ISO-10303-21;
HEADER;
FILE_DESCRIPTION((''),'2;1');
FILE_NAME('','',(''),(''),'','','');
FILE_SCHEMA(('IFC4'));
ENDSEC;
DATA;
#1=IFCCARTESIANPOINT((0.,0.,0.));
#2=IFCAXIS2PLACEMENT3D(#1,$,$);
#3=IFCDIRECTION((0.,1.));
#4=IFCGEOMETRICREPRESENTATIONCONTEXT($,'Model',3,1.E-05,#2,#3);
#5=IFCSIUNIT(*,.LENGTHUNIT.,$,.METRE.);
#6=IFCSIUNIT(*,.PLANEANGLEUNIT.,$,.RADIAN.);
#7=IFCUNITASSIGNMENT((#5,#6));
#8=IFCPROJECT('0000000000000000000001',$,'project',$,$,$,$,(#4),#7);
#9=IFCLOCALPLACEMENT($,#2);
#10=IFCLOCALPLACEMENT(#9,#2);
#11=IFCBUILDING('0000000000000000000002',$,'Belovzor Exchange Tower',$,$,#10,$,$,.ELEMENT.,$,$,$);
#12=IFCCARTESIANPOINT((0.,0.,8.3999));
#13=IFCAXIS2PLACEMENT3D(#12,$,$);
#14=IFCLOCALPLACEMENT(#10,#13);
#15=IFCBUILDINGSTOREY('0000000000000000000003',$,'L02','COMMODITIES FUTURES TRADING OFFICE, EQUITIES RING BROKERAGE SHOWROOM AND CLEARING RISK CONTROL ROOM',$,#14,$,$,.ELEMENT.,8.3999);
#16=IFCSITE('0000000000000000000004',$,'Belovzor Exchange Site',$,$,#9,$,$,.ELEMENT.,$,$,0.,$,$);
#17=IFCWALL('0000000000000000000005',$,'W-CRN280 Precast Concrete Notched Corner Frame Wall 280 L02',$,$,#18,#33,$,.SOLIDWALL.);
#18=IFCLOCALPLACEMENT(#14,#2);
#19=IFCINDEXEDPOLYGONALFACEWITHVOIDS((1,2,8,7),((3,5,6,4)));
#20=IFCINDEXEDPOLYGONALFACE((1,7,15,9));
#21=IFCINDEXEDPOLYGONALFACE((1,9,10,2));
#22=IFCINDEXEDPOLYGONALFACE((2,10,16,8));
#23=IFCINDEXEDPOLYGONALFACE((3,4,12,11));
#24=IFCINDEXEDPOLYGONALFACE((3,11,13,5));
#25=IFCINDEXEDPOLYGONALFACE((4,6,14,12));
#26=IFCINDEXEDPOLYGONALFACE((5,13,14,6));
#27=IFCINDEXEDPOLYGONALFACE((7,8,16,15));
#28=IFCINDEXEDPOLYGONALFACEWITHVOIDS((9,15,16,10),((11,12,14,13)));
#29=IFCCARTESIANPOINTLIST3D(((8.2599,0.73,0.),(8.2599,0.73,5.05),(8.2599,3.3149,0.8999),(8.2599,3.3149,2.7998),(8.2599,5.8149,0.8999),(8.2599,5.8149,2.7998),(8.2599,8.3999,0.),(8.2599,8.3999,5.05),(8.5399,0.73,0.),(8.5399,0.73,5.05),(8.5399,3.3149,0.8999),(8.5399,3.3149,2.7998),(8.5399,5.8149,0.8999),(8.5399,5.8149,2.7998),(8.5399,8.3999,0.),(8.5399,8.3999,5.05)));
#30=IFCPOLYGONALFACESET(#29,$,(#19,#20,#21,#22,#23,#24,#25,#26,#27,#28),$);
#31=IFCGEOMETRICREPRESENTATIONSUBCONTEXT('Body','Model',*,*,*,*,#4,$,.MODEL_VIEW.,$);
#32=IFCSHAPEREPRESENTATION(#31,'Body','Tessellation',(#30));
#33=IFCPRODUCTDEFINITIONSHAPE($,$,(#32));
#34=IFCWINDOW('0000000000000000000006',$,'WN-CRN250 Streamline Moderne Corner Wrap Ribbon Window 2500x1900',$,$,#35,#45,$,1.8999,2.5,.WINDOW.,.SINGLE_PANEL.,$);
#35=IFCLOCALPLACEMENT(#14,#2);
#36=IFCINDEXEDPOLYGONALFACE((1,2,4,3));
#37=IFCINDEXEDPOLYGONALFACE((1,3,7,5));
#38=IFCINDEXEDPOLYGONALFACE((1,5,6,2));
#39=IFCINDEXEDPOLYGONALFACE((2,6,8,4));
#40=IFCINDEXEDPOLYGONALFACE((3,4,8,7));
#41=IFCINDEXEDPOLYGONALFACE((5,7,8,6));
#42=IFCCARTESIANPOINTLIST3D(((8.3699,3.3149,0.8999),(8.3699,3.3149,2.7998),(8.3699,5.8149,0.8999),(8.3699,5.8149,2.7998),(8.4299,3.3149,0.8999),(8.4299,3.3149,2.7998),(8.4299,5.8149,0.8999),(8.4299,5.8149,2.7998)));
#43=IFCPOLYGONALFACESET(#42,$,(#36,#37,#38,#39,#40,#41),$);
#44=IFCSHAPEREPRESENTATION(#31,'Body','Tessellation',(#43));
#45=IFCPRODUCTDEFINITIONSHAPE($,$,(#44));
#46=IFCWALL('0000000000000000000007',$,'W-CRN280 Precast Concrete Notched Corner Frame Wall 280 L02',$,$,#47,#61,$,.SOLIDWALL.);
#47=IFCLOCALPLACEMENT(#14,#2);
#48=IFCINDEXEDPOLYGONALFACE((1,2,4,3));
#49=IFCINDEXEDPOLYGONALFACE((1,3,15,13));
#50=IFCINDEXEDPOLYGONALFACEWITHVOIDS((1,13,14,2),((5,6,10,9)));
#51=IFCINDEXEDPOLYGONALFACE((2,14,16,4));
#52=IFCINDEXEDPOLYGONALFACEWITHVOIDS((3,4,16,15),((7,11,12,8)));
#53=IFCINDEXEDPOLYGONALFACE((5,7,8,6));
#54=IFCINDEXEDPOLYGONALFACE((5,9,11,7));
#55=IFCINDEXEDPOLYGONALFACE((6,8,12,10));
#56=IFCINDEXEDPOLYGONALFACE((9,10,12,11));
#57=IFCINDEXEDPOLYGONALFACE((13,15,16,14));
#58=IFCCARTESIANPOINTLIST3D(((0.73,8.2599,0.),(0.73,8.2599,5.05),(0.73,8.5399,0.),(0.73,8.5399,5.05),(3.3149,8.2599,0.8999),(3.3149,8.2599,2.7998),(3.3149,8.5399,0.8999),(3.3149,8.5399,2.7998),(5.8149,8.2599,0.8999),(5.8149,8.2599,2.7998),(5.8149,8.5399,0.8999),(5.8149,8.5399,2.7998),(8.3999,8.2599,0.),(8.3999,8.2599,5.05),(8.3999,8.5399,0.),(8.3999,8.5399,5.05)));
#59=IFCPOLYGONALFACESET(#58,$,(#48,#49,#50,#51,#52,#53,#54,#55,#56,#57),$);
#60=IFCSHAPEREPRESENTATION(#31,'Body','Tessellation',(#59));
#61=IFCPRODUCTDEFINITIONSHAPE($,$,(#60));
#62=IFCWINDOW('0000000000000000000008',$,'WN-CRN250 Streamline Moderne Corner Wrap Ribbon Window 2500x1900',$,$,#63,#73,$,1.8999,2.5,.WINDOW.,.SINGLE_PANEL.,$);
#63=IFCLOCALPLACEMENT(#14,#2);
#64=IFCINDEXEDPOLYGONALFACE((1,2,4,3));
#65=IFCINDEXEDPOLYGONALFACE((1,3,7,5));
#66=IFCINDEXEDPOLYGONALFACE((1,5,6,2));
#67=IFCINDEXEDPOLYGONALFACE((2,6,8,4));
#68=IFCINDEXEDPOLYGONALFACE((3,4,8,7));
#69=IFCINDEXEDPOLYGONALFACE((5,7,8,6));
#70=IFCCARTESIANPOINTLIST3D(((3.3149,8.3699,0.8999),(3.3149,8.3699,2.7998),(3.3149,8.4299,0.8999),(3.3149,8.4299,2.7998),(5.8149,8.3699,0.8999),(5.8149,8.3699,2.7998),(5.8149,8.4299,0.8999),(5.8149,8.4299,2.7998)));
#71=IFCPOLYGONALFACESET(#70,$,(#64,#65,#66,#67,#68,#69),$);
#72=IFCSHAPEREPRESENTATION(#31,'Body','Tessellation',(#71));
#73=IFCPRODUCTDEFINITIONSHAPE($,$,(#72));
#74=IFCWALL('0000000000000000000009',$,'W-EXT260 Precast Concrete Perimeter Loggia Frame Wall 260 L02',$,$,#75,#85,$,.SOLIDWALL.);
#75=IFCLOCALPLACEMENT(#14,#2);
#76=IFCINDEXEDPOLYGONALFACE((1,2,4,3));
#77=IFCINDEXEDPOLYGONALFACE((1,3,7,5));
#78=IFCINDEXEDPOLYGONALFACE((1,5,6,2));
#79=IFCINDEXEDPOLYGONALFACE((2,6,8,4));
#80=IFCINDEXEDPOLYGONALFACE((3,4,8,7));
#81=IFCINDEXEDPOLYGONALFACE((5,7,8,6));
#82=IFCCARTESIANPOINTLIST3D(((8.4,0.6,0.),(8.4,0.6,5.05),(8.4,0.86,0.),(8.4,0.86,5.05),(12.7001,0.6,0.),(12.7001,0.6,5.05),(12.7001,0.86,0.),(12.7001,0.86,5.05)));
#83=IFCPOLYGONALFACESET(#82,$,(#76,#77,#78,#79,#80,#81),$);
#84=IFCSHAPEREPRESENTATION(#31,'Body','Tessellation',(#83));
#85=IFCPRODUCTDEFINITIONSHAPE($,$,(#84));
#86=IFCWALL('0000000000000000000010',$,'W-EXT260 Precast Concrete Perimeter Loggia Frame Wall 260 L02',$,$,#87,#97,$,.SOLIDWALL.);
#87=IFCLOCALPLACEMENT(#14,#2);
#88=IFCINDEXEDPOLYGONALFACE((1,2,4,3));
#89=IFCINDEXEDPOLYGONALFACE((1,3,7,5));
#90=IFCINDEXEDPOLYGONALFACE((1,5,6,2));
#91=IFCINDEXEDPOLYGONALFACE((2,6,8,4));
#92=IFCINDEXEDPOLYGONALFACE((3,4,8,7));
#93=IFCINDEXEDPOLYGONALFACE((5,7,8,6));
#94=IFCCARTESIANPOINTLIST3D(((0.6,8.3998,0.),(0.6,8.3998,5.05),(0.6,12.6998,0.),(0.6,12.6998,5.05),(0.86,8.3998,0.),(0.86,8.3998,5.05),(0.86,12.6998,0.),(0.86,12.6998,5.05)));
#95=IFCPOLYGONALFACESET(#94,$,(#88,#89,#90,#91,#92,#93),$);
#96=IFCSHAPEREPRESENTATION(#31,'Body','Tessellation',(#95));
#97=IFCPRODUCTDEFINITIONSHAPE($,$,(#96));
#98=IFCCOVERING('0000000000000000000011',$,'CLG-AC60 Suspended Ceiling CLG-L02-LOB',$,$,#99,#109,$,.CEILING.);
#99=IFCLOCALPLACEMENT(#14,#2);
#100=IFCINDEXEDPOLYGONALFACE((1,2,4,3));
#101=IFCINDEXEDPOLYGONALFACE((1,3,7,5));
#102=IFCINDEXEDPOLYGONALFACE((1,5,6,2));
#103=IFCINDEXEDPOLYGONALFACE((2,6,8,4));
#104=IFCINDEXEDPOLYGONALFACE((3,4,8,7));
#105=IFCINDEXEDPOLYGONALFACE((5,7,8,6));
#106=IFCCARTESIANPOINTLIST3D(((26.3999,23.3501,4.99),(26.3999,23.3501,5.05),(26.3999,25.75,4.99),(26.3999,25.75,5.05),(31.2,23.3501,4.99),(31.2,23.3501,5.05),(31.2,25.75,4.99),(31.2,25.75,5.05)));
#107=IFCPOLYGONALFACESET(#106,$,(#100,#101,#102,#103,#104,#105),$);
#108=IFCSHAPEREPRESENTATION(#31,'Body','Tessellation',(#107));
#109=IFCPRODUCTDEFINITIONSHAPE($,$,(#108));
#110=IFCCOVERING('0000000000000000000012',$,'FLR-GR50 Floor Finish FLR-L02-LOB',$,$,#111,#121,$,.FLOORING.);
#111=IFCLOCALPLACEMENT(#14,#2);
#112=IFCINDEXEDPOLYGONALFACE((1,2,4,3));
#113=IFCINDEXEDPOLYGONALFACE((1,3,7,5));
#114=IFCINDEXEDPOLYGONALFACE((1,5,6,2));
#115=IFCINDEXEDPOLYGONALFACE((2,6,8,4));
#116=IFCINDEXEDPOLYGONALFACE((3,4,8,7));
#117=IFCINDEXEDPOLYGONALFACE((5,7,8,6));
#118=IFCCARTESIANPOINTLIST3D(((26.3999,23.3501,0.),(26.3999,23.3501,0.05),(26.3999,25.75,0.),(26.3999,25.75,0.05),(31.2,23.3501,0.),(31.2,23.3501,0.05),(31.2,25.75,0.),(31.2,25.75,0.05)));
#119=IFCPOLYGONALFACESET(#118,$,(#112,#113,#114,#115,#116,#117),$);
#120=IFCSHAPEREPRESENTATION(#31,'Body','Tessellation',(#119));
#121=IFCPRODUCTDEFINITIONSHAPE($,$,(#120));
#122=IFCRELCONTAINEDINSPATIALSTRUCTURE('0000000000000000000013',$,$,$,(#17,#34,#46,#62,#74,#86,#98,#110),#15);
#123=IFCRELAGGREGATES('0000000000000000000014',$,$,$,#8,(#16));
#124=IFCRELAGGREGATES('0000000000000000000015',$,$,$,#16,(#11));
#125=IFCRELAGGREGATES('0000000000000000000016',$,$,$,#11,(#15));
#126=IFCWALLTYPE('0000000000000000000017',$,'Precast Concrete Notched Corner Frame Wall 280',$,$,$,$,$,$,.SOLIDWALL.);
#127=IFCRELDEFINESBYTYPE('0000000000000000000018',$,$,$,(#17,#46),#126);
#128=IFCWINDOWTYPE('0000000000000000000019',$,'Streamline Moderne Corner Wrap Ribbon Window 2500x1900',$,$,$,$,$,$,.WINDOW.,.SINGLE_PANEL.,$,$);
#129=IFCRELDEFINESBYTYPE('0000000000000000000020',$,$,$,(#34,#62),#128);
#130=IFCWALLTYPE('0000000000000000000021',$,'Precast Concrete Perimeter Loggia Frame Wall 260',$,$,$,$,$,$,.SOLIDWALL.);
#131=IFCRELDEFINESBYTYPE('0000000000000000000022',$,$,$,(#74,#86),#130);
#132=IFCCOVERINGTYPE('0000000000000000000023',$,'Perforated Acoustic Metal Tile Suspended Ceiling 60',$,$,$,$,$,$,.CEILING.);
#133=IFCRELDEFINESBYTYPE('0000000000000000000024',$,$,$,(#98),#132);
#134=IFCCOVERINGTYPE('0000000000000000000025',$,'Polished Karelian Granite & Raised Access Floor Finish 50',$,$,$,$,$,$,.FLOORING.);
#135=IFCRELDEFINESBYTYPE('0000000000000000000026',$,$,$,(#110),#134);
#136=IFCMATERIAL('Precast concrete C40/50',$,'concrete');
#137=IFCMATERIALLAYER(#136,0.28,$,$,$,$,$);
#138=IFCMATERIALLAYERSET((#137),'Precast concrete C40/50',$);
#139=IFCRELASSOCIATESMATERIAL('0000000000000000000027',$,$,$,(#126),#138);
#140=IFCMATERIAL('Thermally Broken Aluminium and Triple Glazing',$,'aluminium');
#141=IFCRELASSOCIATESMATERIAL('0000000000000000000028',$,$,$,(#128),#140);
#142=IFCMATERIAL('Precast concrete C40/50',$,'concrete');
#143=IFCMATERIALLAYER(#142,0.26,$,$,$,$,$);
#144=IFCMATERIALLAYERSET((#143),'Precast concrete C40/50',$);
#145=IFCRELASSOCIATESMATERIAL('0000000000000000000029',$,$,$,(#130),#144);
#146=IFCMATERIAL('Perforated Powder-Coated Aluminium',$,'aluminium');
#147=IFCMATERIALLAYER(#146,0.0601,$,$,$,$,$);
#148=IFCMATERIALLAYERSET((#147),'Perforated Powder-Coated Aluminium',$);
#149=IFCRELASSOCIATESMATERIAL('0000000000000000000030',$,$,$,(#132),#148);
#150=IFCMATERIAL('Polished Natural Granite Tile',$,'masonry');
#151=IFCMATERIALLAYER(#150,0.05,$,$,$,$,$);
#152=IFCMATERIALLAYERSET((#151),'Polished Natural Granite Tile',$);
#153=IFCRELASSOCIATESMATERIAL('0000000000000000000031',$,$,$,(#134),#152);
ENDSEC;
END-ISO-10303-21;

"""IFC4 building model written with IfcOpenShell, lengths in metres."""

from ifc_helpers import new_model, si_unit, direction, frame, frame_2d, origin, place, context, subcontext, project, spatial, polyline, rectangle, outline, extrude, material, layer, layer_set, type_object, element, fill, save


model = new_model("IFC4")

# Units and contexts
model_context = context("Model", 3, precision=1e-05, world=origin(), true_north=direction((0.0, 1.0)))
body_context = subcontext(model_context, "Body", "Model", "MODEL_VIEW")
ifc_project = project(units=[si_unit("LENGTHUNIT", "METRE"), si_unit("PLANEANGLEUNIT", "RADIAN")], contexts=[model_context])

# Site, building, storey
site_placement = place(None, origin())
site = spatial("IfcSite", under=ifc_project, at=site_placement, Name="Belovzor Exchange Site", CompositionType="ELEMENT", RefElevation=0.0)
building_placement = place(site_placement, origin())
building = spatial("IfcBuilding", under=site, at=building_placement, Name="Belovzor Exchange Tower", CompositionType="ELEMENT")
storey_placement = place(building_placement, frame((0.0, 0.0, 8.3999)))
storey = spatial("IfcBuildingStorey", under=building, at=storey_placement, Name="L02", Description="COMMODITIES FUTURES TRADING OFFICE, EQUITIES RING BROKERAGE SHOWROOM AND CLEARING RISK CONTROL ROOM", CompositionType="ELEMENT", Elevation=8.3999)

# Walls, openings, windows
ifc_material_1 = material(Name="Precast concrete C40/50", Category="concrete")
ifc_layer_1 = layer(ifc_material_1, 0.28)
ifc_layer_set_1 = layer_set([ifc_layer_1], Name="Precast concrete C40/50")
wall_type_1 = type_object("IfcWallType", Name="Precast Concrete Notched Corner Frame Wall 280", PredefinedType="SOLIDWALL", material=ifc_layer_set_1)
wall_1_placement = place(storey_placement, frame((8.3999, 0.73, 0.0), z_axis=(0.0, 0.0, 1.0), x_axis=(0.0, 1.0, 0.0)))
wall_1 = element("IfcWall", 1, at=wall_1_placement, inside=storey, type_object=wall_type_1, Name="W-CRN280 Precast Concrete Notched Corner Frame Wall 280 L02", PredefinedType="SOLIDWALL", context=body_context, shape_type="SweptSolid", body=[
    extrude(rectangle(XDim=7.6699, YDim=0.28, at=frame_2d((3.835, 0.0))), origin(), (0.0, 0.0, 1.0), 5.05),
])
opening_1_placement = place(wall_1_placement, frame((2.585, 0.0, 0.8999)))
opening_1 = element("IfcOpeningElement", 2, at=opening_1_placement, cuts=wall_1, PredefinedType="OPENING", context=body_context, shape_type="SweptSolid", body=[
    extrude(rectangle(XDim=2.5, YDim=1.8999, at=frame_2d((1.25, 0.95))), frame((0.0, 0.1499, 0.0), z_axis=(0.0, -1.0, 0.0), x_axis=(1.0, 0.0, 0.0)), (0.0, 0.0, 1.0), 0.3),
])
ifc_material_2 = material(Name="Thermally Broken Aluminium and Triple Glazing", Category="aluminium")
window_type = type_object("IfcWindowType", Name="Streamline Moderne Corner Wrap Ribbon Window 2500x1900", PartitioningType="SINGLE_PANEL", PredefinedType="WINDOW", material=ifc_material_2)
window_1_placement = place(opening_1_placement, origin())
window_1 = element("IfcWindow", 3, at=window_1_placement, inside=storey, type_object=window_type, Name="WN-CRN250 Streamline Moderne Corner Wrap Ribbon Window 2500x1900", OverallHeight=1.8999, OverallWidth=2.5, PartitioningType="SINGLE_PANEL", PredefinedType="WINDOW", context=body_context, shape_type="SweptSolid", body=[
    extrude(rectangle(XDim=2.5, YDim=1.8999, at=frame_2d((1.25, 0.95))), frame((0.0, 0.03, 0.0), z_axis=(0.0, -1.0, 0.0), x_axis=(1.0, 0.0, 0.0)), (0.0, 0.0, 1.0), 0.0601),
])
fill(opening_1, window_1)
wall_2_placement = place(storey_placement, frame((8.3999, 8.3999, 0.0), z_axis=(0.0, 0.0, 1.0), x_axis=(-1.0, 0.0, 0.0)))
wall_2 = element("IfcWall", 4, at=wall_2_placement, inside=storey, type_object=wall_type_1, Name="W-CRN280 Precast Concrete Notched Corner Frame Wall 280 L02", PredefinedType="SOLIDWALL", context=body_context, shape_type="SweptSolid", body=[
    extrude(rectangle(XDim=7.6699, YDim=0.28, at=frame_2d((3.835, 0.0))), origin(), (0.0, 0.0, 1.0), 5.05),
])
opening_2_placement = place(wall_2_placement, frame((2.585, 0.0, 0.8999)))
opening_2 = element("IfcOpeningElement", 5, at=opening_2_placement, cuts=wall_2, PredefinedType="OPENING", context=body_context, shape_type="SweptSolid", body=[
    extrude(rectangle(XDim=2.5, YDim=1.8999, at=frame_2d((1.25, 0.95))), frame((0.0, 0.1499, 0.0), z_axis=(0.0, -1.0, 0.0), x_axis=(1.0, 0.0, 0.0)), (0.0, 0.0, 1.0), 0.3),
])
window_2_placement = place(opening_2_placement, origin())
window_2 = element("IfcWindow", 6, at=window_2_placement, inside=storey, type_object=window_type, Name="WN-CRN250 Streamline Moderne Corner Wrap Ribbon Window 2500x1900", OverallHeight=1.8999, OverallWidth=2.5, PartitioningType="SINGLE_PANEL", PredefinedType="WINDOW", context=body_context, shape_type="SweptSolid", body=[
    extrude(rectangle(XDim=2.5, YDim=1.8999, at=frame_2d((1.25, 0.95))), frame((0.0, 0.03, 0.0), z_axis=(0.0, -1.0, 0.0), x_axis=(1.0, 0.0, 0.0)), (0.0, 0.0, 1.0), 0.0601),
])
fill(opening_2, window_2)

# Walls
ifc_material_3 = material(Name="Precast concrete C40/50", Category="concrete")
ifc_layer_2 = layer(ifc_material_3, 0.26)
ifc_layer_set_2 = layer_set([ifc_layer_2], Name="Precast concrete C40/50")
wall_type_2 = type_object("IfcWallType", Name="Precast Concrete Perimeter Loggia Frame Wall 260", PredefinedType="SOLIDWALL", material=ifc_layer_set_2)
for number, where, z_axis, x_axis, name in (
    (7, (12.7, 0.73, 0.0), (0.0, 0.0, 1.0), (-1.0, 0.0, 0.0), "W-EXT260 Precast Concrete Perimeter Loggia Frame Wall 260 L02"),
    (8, (0.73, 8.3999, 0.0), (0.0, 0.0, 1.0), (0.0, 1.0, 0.0), "W-EXT260 Precast Concrete Perimeter Loggia Frame Wall 260 L02"),
):
    element("IfcWall", number, at=place(storey_placement, frame(where, z_axis=z_axis, x_axis=x_axis)), inside=storey, type_object=wall_type_2, Name=name, PredefinedType="SOLIDWALL", context=body_context, shape_type="SweptSolid", body=[
        extrude(rectangle(XDim=4.3, YDim=0.26, at=frame_2d((2.1499, 0.0))), origin(), (0.0, 0.0, 1.0), 5.05),
    ])

# Coverings
ifc_material_4 = material(Name="Perforated Powder-Coated Aluminium", Category="aluminium")
ifc_layer_3 = layer(ifc_material_4, 0.0601)
ifc_layer_set_3 = layer_set([ifc_layer_3], Name="Perforated Powder-Coated Aluminium")
covering_type_1 = type_object("IfcCoveringType", Name="Perforated Acoustic Metal Tile Suspended Ceiling 60", PredefinedType="CEILING", material=ifc_layer_set_3)
covering_1_placement = place(storey_placement, frame((0.0, 0.0, 4.99)))
element("IfcCovering", 9, at=covering_1_placement, inside=storey, type_object=covering_type_1, Name="CLG-AC60 Suspended Ceiling CLG-L02-LOB", PredefinedType="CEILING", context=body_context, shape_type="SweptSolid", body=[
    extrude(outline(polyline([(26.3999, 23.3501), (31.2, 23.3501), (31.2, 25.75), (26.3999, 25.75), (26.3999, 23.3501)])), origin(), (0.0, 0.0, 1.0), 0.0601),
])
ifc_material_5 = material(Name="Polished Natural Granite Tile", Category="masonry")
ifc_layer_4 = layer(ifc_material_5, 0.05)
ifc_layer_set_4 = layer_set([ifc_layer_4], Name="Polished Natural Granite Tile")
covering_type_2 = type_object("IfcCoveringType", Name="Polished Karelian Granite & Raised Access Floor Finish 50", PredefinedType="FLOORING", material=ifc_layer_set_4)
covering_2_placement = place(storey_placement, origin())
element("IfcCovering", 10, at=covering_2_placement, inside=storey, type_object=covering_type_2, Name="FLR-GR50 Floor Finish FLR-L02-LOB", PredefinedType="FLOORING", context=body_context, shape_type="SweptSolid", body=[
    extrude(outline(polyline([(26.3999, 23.3501), (31.2, 23.3501), (31.2, 25.75), (26.3999, 25.75), (26.3999, 23.3501)])), origin(), (0.0, 0.0, 1.0), 0.05),
])

save(model, "model.ifc")
